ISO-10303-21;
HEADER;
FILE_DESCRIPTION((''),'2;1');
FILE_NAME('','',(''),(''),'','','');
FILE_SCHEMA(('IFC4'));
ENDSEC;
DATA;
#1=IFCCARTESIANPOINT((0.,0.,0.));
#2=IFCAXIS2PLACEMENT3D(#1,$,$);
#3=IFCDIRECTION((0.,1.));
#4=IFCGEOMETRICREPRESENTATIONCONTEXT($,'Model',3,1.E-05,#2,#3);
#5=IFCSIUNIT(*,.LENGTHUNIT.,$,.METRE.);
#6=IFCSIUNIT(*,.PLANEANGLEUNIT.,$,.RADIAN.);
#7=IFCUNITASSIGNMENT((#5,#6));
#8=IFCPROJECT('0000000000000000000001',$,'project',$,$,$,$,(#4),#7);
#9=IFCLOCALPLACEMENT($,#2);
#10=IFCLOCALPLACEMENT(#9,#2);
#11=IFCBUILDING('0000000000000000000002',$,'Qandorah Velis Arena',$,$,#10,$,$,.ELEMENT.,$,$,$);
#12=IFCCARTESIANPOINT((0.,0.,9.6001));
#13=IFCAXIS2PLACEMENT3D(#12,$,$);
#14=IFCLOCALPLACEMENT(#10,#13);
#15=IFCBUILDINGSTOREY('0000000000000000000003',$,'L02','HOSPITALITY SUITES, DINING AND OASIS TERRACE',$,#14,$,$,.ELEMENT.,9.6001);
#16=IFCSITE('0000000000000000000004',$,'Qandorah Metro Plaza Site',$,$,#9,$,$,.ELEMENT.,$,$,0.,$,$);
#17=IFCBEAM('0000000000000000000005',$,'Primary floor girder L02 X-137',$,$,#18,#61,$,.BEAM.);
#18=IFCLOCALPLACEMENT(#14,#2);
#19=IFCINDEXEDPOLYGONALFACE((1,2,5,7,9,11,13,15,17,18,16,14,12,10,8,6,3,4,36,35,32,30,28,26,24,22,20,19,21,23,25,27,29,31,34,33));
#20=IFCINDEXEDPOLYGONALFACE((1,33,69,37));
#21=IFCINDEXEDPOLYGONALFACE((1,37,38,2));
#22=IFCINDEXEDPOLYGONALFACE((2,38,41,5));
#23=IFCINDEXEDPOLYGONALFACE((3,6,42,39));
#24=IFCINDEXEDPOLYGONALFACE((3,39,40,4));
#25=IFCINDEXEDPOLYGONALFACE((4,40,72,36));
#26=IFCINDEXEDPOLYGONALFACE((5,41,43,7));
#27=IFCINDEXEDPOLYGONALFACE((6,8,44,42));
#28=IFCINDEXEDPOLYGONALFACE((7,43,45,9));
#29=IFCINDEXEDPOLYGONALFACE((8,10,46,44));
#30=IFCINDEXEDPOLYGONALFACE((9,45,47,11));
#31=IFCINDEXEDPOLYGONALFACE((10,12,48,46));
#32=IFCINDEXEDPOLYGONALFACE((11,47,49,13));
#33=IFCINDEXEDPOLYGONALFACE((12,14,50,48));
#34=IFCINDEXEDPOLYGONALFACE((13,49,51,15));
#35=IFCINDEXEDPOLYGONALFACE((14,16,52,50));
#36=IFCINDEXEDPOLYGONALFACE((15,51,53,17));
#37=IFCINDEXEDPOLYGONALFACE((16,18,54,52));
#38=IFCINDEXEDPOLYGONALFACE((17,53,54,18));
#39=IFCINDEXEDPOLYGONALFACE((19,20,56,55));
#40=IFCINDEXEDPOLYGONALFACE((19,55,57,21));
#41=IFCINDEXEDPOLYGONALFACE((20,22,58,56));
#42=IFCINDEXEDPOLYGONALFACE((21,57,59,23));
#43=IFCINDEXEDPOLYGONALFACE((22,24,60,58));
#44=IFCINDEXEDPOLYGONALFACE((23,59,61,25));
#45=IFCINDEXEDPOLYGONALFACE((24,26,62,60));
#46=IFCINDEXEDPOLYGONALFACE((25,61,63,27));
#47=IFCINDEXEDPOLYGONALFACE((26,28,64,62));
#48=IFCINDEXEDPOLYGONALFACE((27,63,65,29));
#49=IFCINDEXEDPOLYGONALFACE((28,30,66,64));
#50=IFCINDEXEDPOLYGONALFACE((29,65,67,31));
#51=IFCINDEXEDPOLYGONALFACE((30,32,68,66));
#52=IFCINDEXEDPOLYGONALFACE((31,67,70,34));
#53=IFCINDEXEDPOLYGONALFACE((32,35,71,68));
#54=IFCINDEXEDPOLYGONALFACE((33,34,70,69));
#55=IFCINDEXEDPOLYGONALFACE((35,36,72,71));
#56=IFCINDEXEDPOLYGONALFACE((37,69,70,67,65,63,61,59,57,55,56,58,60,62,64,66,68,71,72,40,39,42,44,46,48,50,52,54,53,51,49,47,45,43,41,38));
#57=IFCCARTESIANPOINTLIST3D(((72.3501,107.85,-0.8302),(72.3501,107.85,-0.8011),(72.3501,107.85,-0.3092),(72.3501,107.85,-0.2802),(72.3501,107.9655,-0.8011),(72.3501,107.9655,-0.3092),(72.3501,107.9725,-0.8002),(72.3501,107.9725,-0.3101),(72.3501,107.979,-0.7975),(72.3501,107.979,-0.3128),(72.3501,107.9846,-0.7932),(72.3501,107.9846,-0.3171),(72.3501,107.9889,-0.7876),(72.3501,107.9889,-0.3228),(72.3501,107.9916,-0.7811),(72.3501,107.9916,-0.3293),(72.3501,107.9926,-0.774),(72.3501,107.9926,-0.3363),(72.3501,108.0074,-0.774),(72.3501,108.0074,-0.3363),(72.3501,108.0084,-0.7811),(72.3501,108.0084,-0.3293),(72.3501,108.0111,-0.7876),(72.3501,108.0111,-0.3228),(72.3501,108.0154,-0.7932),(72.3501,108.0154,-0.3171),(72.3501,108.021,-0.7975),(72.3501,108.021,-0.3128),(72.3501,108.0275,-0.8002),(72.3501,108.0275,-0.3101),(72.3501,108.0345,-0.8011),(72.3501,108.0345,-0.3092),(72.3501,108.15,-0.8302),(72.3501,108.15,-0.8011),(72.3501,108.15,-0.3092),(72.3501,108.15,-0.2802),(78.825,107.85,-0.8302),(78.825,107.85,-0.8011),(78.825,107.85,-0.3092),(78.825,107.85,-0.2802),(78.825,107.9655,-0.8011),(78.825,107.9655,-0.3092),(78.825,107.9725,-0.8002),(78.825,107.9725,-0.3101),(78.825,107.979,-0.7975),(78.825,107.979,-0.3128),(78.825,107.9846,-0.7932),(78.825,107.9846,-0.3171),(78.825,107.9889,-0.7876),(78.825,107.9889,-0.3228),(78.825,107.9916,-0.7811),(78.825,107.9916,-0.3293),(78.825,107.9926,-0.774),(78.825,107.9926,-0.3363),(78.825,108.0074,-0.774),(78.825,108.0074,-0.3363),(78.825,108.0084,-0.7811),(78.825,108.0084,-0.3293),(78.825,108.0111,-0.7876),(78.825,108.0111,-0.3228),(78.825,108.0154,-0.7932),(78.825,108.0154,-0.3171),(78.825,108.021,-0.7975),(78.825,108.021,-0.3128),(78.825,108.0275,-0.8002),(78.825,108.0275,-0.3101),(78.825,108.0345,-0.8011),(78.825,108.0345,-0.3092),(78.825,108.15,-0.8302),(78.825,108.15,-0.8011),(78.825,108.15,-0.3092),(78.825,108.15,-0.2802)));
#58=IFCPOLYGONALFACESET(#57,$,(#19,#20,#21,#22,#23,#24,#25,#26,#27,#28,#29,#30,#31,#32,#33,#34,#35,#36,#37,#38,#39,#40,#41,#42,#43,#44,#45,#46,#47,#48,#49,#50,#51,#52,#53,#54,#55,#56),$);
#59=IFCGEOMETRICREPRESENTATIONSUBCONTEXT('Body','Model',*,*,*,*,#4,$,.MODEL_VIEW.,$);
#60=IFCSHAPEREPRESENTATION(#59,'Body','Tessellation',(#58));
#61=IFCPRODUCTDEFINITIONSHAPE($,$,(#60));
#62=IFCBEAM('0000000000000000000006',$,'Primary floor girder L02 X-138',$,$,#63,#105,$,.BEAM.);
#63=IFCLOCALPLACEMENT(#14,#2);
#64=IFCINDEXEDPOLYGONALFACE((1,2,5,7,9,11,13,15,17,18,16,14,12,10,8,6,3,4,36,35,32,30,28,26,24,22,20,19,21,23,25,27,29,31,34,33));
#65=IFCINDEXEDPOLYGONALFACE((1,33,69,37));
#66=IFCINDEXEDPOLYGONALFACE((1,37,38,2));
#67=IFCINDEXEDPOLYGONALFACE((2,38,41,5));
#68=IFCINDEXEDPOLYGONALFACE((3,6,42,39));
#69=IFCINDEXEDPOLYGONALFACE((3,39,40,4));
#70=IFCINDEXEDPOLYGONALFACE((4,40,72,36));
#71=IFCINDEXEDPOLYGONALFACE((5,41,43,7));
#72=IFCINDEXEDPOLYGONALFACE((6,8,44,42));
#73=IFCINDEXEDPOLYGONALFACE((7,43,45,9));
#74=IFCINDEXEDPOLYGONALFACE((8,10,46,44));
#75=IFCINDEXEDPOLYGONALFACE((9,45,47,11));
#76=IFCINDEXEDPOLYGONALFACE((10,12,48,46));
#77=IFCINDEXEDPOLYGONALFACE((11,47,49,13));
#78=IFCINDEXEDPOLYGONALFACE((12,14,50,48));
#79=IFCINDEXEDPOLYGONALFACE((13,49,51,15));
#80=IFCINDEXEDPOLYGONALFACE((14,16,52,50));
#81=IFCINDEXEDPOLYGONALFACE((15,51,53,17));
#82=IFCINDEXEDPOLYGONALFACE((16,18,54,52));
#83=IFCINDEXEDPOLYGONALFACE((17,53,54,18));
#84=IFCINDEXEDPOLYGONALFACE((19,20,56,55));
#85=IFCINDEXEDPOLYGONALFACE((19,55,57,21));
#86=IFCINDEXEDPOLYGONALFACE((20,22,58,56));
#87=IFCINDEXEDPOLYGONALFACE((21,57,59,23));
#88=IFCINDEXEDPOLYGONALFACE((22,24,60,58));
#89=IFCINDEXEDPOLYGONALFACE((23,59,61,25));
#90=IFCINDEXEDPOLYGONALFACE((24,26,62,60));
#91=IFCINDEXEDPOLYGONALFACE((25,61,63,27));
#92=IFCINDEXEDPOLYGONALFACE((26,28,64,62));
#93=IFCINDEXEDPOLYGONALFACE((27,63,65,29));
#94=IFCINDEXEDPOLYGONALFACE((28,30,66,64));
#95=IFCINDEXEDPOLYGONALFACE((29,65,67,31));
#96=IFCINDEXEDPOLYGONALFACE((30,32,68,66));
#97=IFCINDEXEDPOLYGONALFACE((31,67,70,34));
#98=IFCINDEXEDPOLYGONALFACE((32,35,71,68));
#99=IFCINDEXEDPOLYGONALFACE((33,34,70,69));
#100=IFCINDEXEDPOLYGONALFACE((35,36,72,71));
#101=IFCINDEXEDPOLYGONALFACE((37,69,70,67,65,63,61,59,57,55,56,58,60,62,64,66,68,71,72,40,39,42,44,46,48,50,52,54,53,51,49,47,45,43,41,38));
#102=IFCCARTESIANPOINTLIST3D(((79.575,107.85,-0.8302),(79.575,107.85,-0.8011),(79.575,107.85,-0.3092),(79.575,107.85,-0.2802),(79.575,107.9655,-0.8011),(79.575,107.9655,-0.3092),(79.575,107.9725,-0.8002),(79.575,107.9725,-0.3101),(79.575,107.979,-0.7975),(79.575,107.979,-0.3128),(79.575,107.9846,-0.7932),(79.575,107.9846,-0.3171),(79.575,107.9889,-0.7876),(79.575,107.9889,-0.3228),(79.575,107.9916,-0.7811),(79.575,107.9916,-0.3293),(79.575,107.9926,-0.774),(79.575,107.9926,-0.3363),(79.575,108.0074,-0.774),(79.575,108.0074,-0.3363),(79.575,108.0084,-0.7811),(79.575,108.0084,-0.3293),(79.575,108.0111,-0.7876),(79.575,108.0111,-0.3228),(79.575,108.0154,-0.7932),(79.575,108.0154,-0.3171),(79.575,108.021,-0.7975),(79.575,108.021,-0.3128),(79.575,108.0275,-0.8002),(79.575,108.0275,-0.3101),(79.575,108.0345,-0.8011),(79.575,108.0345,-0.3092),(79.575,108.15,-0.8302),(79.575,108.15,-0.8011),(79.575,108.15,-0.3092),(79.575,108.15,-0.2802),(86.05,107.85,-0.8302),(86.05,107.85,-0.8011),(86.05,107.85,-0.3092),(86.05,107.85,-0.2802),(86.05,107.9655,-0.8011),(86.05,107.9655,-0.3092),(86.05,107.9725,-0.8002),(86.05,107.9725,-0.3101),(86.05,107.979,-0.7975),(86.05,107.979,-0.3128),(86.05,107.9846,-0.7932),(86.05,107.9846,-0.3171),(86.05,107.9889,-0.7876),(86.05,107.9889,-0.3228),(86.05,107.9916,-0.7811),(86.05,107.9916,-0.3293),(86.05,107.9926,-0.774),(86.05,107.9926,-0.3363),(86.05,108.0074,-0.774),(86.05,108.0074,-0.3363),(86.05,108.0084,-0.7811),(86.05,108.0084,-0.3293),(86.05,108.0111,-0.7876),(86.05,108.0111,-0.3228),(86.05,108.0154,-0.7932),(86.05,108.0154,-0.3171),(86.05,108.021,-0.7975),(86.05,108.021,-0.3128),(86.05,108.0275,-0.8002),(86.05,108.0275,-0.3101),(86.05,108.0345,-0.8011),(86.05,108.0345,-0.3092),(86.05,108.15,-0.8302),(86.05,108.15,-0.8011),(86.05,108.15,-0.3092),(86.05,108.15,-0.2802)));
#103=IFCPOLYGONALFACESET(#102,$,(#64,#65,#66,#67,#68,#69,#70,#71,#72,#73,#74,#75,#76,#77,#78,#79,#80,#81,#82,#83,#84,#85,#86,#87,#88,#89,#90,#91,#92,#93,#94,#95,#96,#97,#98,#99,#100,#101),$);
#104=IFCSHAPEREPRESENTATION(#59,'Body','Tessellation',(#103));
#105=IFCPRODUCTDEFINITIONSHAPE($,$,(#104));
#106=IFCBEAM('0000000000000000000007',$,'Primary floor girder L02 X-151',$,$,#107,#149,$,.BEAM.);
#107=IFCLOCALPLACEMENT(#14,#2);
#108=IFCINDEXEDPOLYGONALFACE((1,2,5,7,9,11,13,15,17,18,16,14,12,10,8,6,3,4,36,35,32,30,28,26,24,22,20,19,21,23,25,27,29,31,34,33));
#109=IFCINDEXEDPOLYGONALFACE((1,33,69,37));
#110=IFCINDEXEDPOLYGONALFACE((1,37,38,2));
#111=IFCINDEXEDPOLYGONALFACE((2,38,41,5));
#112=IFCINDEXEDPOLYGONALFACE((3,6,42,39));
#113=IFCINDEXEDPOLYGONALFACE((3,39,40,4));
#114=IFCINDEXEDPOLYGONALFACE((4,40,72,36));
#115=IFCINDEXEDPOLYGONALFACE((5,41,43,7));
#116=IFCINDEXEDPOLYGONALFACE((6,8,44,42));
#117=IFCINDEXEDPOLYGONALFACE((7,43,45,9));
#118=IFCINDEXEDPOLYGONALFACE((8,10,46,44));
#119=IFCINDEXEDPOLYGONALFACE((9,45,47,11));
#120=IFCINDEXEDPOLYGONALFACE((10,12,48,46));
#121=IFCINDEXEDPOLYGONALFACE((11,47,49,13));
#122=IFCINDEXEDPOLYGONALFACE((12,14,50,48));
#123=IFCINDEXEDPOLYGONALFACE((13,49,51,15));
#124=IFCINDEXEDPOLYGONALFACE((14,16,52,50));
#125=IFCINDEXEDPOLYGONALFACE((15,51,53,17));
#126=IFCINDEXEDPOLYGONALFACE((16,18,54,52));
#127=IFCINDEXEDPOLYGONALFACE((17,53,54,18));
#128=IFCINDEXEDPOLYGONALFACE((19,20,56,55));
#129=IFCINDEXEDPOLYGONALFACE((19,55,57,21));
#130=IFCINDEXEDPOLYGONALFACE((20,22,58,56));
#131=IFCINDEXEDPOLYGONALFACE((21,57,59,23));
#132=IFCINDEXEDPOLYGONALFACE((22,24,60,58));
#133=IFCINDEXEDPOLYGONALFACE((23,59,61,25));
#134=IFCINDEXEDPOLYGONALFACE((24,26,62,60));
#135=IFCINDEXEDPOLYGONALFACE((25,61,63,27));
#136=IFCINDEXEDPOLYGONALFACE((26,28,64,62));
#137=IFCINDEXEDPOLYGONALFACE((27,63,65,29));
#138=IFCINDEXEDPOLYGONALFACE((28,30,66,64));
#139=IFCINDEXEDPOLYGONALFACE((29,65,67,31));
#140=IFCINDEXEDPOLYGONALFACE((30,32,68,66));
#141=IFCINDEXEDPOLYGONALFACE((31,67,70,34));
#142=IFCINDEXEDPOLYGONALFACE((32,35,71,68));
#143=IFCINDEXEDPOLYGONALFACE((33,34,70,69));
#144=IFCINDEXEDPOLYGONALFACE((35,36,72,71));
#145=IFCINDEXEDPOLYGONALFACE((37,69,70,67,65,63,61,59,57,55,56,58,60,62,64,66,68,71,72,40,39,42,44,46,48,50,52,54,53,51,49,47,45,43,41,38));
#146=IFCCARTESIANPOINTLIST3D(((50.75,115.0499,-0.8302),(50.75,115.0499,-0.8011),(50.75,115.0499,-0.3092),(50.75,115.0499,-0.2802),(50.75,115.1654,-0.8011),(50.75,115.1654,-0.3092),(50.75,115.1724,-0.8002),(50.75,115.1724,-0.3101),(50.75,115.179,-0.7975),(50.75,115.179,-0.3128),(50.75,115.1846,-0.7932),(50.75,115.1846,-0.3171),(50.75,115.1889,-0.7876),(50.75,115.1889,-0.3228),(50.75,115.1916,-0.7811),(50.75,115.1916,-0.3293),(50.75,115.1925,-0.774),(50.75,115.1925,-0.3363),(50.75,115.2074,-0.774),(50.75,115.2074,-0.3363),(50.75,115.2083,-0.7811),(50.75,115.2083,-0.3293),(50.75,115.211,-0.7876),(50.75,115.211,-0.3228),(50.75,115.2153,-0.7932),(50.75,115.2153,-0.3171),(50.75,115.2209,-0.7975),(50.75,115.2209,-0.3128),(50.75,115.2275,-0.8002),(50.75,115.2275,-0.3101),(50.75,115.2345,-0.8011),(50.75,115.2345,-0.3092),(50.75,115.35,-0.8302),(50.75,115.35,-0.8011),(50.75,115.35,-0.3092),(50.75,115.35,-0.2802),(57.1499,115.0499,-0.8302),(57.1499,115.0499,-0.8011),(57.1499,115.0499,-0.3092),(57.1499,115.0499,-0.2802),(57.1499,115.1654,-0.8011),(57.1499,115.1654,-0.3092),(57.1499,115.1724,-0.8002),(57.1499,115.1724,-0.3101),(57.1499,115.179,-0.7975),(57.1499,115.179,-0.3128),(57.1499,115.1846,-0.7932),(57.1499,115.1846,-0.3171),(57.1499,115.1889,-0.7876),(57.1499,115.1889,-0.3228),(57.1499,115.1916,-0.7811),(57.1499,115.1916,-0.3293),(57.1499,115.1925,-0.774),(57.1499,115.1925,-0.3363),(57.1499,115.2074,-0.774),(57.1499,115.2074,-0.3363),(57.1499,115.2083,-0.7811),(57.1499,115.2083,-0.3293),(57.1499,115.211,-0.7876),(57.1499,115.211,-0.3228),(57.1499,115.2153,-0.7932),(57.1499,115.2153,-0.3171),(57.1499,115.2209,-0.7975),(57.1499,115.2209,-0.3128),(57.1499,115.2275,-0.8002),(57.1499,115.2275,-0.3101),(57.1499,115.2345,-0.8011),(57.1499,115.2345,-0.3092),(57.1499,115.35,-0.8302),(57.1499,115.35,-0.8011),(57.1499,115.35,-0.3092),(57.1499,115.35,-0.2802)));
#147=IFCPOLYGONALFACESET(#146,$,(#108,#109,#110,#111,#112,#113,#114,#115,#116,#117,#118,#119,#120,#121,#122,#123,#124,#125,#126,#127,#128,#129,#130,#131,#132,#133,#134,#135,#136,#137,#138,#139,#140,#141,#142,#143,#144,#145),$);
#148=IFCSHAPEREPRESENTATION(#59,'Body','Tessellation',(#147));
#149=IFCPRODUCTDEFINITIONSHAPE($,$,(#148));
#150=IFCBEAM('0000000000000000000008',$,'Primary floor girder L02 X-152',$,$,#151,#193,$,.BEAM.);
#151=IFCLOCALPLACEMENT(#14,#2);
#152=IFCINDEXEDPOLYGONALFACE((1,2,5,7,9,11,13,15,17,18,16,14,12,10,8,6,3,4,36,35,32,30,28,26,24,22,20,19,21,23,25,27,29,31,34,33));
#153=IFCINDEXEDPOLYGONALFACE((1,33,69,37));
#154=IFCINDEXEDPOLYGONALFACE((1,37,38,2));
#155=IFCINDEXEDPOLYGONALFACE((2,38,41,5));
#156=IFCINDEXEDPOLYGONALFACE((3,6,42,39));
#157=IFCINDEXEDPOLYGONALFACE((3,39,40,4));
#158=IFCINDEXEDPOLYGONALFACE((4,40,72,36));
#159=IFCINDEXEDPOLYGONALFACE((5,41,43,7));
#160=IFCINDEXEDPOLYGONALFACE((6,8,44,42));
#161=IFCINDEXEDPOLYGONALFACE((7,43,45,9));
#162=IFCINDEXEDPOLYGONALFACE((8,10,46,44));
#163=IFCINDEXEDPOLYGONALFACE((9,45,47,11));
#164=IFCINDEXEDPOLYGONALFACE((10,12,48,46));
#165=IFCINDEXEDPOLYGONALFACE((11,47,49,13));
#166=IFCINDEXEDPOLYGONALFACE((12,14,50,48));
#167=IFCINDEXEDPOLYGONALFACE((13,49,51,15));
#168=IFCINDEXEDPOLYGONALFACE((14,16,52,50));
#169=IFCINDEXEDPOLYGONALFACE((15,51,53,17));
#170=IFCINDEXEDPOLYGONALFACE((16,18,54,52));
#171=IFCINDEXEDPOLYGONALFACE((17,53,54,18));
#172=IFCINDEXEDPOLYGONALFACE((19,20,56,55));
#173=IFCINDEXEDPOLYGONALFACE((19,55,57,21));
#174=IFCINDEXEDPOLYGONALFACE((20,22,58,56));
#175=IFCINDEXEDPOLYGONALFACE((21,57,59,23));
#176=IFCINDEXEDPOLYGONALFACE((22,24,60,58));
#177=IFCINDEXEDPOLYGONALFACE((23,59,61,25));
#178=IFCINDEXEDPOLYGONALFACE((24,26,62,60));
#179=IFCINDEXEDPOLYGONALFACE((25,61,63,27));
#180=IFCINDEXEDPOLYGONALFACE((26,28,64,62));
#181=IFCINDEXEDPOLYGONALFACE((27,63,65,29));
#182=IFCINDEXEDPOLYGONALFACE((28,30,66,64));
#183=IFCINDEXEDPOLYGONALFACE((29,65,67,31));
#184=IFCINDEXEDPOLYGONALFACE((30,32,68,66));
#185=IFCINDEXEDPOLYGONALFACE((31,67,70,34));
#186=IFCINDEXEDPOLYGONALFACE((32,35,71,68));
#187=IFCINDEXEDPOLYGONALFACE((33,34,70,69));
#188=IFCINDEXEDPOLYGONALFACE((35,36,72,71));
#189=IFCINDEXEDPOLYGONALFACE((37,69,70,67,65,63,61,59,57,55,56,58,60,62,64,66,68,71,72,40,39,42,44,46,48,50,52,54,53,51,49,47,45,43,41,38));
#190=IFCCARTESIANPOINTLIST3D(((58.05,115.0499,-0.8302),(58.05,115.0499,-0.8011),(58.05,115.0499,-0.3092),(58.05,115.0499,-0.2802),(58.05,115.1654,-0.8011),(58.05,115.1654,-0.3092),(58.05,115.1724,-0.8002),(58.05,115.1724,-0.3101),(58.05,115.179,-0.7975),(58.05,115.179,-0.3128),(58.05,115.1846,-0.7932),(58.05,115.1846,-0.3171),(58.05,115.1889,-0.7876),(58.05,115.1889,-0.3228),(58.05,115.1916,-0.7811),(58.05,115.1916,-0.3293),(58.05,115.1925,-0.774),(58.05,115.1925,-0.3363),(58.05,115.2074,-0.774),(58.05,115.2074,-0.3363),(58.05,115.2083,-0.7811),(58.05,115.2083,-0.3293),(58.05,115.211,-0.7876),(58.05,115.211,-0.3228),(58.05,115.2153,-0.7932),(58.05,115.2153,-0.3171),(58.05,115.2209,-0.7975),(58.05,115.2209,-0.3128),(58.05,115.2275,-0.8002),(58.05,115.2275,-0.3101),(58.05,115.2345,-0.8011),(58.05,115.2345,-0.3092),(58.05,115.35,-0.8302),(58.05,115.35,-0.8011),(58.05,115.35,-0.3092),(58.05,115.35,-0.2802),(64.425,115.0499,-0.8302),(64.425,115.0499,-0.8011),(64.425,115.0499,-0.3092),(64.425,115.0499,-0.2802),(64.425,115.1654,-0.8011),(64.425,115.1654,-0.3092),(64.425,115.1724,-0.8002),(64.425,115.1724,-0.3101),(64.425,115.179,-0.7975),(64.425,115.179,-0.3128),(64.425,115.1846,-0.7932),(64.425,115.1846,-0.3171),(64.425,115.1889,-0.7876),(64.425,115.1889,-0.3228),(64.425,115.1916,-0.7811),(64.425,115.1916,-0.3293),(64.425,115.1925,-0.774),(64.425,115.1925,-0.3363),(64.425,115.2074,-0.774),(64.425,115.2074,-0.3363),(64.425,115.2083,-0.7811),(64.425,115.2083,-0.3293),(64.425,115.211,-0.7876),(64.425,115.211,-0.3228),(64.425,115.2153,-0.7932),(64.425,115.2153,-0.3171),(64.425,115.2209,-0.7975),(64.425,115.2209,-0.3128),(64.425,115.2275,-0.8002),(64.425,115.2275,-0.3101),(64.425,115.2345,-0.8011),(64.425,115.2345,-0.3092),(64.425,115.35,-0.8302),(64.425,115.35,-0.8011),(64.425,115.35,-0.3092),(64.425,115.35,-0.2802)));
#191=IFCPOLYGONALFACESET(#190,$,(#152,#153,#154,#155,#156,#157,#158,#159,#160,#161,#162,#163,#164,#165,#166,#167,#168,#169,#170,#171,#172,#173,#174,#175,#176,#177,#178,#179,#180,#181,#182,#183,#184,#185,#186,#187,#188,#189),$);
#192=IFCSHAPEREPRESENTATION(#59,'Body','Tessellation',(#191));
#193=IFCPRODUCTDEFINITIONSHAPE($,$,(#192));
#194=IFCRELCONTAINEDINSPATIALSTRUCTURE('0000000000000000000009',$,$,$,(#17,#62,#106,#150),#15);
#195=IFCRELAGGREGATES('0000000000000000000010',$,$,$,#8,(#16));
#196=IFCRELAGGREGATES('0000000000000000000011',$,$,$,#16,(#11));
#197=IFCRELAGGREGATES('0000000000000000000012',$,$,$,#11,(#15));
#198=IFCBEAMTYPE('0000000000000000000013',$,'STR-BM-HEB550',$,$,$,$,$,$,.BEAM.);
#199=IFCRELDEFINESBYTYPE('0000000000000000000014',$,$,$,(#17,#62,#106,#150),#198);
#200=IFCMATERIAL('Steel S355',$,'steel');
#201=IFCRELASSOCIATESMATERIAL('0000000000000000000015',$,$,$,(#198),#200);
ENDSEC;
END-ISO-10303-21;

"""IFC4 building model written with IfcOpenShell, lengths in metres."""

from ifc_helpers import new_model, si_unit, direction, frame, origin, origin_2d, place, context, subcontext, project, spatial, i_section, extrude, material, material_profile, profile_set, type_object, element, save


model = new_model("IFC4")

# Units and contexts
model_context = context("Model", 3, precision=1e-05, world=origin(), true_north=direction((0.0, 1.0)))
body_context = subcontext(model_context, "Body", "Model", "MODEL_VIEW")
ifc_project = project(units=[si_unit("LENGTHUNIT", "METRE"), si_unit("PLANEANGLEUNIT", "RADIAN")], contexts=[model_context])

# Site, building, storey
site_placement = place(None, origin())
site = spatial("IfcSite", under=ifc_project, at=site_placement, Name="Qandorah Metro Plaza Site", CompositionType="ELEMENT", RefElevation=0.0)
building_placement = place(site_placement, origin())
building = spatial("IfcBuilding", under=site, at=building_placement, Name="Qandorah Velis Arena", CompositionType="ELEMENT")
storey_placement = place(building_placement, frame((0.0, 0.0, 9.6001)))
storey = spatial("IfcBuildingStorey", under=building, at=storey_placement, Name="L02", Description="HOSPITALITY SUITES, DINING AND OASIS TERRACE", CompositionType="ELEMENT", Elevation=9.6001)

# Shared definitions
ifc_material_1 = material(Name="Steel S355", Category="steel")

# Beams
ifc_material_profile_1 = material_profile(ifc_material_1, i_section(OverallWidth=0.3, OverallDepth=0.55, WebThickness=0.0149, FlangeThickness=0.0291, FilletRadius=0.0271, at=origin_2d()), Name="HEB 550")
ifc_profile_set_1 = profile_set([ifc_material_profile_1], Name="Steel S355")
beam_type_1 = type_object("IfcBeamType", Name="STR-BM-HEB550", PredefinedType="BEAM", material=ifc_profile_set_1)
beam_1_placement = place(storey_placement, frame((72.3501, 108.0, -0.5552), z_axis=(1.0, 0.0, 0.0), x_axis=(0.0, 1.0, 0.0)))
element("IfcBeam", 1, at=beam_1_placement, inside=storey, type_object=beam_type_1, Name="Primary floor girder L02 X-137", PredefinedType="BEAM", context=body_context, shape_type="SweptSolid", body=[
    extrude(i_section(OverallWidth=0.3, OverallDepth=0.55, WebThickness=0.0149, FlangeThickness=0.0291, FilletRadius=0.0271, at=origin_2d()), origin(), (0.0, 0.0, 1.0), 6.4749),
])
beam_2_placement = place(storey_placement, frame((79.575, 108.0, -0.5552), z_axis=(1.0, 0.0, 0.0), x_axis=(0.0, 1.0, 0.0)))
element("IfcBeam", 2, at=beam_2_placement, inside=storey, type_object=beam_type_1, Name="Primary floor girder L02 X-138", PredefinedType="BEAM", context=body_context, shape_type="SweptSolid", body=[
    extrude(i_section(OverallWidth=0.3, OverallDepth=0.55, WebThickness=0.0149, FlangeThickness=0.0291, FilletRadius=0.0271, at=origin_2d()), origin(), (0.0, 0.0, 1.0), 6.4751),
])
beam_3_placement = place(storey_placement, frame((50.75, 115.2, -0.5552), z_axis=(1.0, 0.0, 0.0), x_axis=(0.0, 1.0, 0.0)))
element("IfcBeam", 3, at=beam_3_placement, inside=storey, type_object=beam_type_1, Name="Primary floor girder L02 X-151", PredefinedType="BEAM", context=body_context, shape_type="SweptSolid", body=[
    extrude(i_section(OverallWidth=0.3, OverallDepth=0.55, WebThickness=0.0149, FlangeThickness=0.0291, FilletRadius=0.0271, at=origin_2d()), origin(), (0.0, 0.0, 1.0), 6.3999),
])
for number, where, z_axis, x_axis, name in (
    (4, (58.05, 115.2, -0.5552), (1.0, 0.0, 0.0), (0.0, 1.0, 0.0), "Primary floor girder L02 X-152"),
):
    element("IfcBeam", number, at=place(storey_placement, frame(where, z_axis=z_axis, x_axis=x_axis)), inside=storey, type_object=beam_type_1, Name=name, PredefinedType="BEAM", context=body_context, shape_type="SweptSolid", body=[
        extrude(i_section(OverallWidth=0.3, OverallDepth=0.55, WebThickness=0.0149, FlangeThickness=0.0291, FilletRadius=0.0271, at=origin_2d()), origin(), (0.0, 0.0, 1.0), 6.375),
    ])

save(model, "model.ifc")
